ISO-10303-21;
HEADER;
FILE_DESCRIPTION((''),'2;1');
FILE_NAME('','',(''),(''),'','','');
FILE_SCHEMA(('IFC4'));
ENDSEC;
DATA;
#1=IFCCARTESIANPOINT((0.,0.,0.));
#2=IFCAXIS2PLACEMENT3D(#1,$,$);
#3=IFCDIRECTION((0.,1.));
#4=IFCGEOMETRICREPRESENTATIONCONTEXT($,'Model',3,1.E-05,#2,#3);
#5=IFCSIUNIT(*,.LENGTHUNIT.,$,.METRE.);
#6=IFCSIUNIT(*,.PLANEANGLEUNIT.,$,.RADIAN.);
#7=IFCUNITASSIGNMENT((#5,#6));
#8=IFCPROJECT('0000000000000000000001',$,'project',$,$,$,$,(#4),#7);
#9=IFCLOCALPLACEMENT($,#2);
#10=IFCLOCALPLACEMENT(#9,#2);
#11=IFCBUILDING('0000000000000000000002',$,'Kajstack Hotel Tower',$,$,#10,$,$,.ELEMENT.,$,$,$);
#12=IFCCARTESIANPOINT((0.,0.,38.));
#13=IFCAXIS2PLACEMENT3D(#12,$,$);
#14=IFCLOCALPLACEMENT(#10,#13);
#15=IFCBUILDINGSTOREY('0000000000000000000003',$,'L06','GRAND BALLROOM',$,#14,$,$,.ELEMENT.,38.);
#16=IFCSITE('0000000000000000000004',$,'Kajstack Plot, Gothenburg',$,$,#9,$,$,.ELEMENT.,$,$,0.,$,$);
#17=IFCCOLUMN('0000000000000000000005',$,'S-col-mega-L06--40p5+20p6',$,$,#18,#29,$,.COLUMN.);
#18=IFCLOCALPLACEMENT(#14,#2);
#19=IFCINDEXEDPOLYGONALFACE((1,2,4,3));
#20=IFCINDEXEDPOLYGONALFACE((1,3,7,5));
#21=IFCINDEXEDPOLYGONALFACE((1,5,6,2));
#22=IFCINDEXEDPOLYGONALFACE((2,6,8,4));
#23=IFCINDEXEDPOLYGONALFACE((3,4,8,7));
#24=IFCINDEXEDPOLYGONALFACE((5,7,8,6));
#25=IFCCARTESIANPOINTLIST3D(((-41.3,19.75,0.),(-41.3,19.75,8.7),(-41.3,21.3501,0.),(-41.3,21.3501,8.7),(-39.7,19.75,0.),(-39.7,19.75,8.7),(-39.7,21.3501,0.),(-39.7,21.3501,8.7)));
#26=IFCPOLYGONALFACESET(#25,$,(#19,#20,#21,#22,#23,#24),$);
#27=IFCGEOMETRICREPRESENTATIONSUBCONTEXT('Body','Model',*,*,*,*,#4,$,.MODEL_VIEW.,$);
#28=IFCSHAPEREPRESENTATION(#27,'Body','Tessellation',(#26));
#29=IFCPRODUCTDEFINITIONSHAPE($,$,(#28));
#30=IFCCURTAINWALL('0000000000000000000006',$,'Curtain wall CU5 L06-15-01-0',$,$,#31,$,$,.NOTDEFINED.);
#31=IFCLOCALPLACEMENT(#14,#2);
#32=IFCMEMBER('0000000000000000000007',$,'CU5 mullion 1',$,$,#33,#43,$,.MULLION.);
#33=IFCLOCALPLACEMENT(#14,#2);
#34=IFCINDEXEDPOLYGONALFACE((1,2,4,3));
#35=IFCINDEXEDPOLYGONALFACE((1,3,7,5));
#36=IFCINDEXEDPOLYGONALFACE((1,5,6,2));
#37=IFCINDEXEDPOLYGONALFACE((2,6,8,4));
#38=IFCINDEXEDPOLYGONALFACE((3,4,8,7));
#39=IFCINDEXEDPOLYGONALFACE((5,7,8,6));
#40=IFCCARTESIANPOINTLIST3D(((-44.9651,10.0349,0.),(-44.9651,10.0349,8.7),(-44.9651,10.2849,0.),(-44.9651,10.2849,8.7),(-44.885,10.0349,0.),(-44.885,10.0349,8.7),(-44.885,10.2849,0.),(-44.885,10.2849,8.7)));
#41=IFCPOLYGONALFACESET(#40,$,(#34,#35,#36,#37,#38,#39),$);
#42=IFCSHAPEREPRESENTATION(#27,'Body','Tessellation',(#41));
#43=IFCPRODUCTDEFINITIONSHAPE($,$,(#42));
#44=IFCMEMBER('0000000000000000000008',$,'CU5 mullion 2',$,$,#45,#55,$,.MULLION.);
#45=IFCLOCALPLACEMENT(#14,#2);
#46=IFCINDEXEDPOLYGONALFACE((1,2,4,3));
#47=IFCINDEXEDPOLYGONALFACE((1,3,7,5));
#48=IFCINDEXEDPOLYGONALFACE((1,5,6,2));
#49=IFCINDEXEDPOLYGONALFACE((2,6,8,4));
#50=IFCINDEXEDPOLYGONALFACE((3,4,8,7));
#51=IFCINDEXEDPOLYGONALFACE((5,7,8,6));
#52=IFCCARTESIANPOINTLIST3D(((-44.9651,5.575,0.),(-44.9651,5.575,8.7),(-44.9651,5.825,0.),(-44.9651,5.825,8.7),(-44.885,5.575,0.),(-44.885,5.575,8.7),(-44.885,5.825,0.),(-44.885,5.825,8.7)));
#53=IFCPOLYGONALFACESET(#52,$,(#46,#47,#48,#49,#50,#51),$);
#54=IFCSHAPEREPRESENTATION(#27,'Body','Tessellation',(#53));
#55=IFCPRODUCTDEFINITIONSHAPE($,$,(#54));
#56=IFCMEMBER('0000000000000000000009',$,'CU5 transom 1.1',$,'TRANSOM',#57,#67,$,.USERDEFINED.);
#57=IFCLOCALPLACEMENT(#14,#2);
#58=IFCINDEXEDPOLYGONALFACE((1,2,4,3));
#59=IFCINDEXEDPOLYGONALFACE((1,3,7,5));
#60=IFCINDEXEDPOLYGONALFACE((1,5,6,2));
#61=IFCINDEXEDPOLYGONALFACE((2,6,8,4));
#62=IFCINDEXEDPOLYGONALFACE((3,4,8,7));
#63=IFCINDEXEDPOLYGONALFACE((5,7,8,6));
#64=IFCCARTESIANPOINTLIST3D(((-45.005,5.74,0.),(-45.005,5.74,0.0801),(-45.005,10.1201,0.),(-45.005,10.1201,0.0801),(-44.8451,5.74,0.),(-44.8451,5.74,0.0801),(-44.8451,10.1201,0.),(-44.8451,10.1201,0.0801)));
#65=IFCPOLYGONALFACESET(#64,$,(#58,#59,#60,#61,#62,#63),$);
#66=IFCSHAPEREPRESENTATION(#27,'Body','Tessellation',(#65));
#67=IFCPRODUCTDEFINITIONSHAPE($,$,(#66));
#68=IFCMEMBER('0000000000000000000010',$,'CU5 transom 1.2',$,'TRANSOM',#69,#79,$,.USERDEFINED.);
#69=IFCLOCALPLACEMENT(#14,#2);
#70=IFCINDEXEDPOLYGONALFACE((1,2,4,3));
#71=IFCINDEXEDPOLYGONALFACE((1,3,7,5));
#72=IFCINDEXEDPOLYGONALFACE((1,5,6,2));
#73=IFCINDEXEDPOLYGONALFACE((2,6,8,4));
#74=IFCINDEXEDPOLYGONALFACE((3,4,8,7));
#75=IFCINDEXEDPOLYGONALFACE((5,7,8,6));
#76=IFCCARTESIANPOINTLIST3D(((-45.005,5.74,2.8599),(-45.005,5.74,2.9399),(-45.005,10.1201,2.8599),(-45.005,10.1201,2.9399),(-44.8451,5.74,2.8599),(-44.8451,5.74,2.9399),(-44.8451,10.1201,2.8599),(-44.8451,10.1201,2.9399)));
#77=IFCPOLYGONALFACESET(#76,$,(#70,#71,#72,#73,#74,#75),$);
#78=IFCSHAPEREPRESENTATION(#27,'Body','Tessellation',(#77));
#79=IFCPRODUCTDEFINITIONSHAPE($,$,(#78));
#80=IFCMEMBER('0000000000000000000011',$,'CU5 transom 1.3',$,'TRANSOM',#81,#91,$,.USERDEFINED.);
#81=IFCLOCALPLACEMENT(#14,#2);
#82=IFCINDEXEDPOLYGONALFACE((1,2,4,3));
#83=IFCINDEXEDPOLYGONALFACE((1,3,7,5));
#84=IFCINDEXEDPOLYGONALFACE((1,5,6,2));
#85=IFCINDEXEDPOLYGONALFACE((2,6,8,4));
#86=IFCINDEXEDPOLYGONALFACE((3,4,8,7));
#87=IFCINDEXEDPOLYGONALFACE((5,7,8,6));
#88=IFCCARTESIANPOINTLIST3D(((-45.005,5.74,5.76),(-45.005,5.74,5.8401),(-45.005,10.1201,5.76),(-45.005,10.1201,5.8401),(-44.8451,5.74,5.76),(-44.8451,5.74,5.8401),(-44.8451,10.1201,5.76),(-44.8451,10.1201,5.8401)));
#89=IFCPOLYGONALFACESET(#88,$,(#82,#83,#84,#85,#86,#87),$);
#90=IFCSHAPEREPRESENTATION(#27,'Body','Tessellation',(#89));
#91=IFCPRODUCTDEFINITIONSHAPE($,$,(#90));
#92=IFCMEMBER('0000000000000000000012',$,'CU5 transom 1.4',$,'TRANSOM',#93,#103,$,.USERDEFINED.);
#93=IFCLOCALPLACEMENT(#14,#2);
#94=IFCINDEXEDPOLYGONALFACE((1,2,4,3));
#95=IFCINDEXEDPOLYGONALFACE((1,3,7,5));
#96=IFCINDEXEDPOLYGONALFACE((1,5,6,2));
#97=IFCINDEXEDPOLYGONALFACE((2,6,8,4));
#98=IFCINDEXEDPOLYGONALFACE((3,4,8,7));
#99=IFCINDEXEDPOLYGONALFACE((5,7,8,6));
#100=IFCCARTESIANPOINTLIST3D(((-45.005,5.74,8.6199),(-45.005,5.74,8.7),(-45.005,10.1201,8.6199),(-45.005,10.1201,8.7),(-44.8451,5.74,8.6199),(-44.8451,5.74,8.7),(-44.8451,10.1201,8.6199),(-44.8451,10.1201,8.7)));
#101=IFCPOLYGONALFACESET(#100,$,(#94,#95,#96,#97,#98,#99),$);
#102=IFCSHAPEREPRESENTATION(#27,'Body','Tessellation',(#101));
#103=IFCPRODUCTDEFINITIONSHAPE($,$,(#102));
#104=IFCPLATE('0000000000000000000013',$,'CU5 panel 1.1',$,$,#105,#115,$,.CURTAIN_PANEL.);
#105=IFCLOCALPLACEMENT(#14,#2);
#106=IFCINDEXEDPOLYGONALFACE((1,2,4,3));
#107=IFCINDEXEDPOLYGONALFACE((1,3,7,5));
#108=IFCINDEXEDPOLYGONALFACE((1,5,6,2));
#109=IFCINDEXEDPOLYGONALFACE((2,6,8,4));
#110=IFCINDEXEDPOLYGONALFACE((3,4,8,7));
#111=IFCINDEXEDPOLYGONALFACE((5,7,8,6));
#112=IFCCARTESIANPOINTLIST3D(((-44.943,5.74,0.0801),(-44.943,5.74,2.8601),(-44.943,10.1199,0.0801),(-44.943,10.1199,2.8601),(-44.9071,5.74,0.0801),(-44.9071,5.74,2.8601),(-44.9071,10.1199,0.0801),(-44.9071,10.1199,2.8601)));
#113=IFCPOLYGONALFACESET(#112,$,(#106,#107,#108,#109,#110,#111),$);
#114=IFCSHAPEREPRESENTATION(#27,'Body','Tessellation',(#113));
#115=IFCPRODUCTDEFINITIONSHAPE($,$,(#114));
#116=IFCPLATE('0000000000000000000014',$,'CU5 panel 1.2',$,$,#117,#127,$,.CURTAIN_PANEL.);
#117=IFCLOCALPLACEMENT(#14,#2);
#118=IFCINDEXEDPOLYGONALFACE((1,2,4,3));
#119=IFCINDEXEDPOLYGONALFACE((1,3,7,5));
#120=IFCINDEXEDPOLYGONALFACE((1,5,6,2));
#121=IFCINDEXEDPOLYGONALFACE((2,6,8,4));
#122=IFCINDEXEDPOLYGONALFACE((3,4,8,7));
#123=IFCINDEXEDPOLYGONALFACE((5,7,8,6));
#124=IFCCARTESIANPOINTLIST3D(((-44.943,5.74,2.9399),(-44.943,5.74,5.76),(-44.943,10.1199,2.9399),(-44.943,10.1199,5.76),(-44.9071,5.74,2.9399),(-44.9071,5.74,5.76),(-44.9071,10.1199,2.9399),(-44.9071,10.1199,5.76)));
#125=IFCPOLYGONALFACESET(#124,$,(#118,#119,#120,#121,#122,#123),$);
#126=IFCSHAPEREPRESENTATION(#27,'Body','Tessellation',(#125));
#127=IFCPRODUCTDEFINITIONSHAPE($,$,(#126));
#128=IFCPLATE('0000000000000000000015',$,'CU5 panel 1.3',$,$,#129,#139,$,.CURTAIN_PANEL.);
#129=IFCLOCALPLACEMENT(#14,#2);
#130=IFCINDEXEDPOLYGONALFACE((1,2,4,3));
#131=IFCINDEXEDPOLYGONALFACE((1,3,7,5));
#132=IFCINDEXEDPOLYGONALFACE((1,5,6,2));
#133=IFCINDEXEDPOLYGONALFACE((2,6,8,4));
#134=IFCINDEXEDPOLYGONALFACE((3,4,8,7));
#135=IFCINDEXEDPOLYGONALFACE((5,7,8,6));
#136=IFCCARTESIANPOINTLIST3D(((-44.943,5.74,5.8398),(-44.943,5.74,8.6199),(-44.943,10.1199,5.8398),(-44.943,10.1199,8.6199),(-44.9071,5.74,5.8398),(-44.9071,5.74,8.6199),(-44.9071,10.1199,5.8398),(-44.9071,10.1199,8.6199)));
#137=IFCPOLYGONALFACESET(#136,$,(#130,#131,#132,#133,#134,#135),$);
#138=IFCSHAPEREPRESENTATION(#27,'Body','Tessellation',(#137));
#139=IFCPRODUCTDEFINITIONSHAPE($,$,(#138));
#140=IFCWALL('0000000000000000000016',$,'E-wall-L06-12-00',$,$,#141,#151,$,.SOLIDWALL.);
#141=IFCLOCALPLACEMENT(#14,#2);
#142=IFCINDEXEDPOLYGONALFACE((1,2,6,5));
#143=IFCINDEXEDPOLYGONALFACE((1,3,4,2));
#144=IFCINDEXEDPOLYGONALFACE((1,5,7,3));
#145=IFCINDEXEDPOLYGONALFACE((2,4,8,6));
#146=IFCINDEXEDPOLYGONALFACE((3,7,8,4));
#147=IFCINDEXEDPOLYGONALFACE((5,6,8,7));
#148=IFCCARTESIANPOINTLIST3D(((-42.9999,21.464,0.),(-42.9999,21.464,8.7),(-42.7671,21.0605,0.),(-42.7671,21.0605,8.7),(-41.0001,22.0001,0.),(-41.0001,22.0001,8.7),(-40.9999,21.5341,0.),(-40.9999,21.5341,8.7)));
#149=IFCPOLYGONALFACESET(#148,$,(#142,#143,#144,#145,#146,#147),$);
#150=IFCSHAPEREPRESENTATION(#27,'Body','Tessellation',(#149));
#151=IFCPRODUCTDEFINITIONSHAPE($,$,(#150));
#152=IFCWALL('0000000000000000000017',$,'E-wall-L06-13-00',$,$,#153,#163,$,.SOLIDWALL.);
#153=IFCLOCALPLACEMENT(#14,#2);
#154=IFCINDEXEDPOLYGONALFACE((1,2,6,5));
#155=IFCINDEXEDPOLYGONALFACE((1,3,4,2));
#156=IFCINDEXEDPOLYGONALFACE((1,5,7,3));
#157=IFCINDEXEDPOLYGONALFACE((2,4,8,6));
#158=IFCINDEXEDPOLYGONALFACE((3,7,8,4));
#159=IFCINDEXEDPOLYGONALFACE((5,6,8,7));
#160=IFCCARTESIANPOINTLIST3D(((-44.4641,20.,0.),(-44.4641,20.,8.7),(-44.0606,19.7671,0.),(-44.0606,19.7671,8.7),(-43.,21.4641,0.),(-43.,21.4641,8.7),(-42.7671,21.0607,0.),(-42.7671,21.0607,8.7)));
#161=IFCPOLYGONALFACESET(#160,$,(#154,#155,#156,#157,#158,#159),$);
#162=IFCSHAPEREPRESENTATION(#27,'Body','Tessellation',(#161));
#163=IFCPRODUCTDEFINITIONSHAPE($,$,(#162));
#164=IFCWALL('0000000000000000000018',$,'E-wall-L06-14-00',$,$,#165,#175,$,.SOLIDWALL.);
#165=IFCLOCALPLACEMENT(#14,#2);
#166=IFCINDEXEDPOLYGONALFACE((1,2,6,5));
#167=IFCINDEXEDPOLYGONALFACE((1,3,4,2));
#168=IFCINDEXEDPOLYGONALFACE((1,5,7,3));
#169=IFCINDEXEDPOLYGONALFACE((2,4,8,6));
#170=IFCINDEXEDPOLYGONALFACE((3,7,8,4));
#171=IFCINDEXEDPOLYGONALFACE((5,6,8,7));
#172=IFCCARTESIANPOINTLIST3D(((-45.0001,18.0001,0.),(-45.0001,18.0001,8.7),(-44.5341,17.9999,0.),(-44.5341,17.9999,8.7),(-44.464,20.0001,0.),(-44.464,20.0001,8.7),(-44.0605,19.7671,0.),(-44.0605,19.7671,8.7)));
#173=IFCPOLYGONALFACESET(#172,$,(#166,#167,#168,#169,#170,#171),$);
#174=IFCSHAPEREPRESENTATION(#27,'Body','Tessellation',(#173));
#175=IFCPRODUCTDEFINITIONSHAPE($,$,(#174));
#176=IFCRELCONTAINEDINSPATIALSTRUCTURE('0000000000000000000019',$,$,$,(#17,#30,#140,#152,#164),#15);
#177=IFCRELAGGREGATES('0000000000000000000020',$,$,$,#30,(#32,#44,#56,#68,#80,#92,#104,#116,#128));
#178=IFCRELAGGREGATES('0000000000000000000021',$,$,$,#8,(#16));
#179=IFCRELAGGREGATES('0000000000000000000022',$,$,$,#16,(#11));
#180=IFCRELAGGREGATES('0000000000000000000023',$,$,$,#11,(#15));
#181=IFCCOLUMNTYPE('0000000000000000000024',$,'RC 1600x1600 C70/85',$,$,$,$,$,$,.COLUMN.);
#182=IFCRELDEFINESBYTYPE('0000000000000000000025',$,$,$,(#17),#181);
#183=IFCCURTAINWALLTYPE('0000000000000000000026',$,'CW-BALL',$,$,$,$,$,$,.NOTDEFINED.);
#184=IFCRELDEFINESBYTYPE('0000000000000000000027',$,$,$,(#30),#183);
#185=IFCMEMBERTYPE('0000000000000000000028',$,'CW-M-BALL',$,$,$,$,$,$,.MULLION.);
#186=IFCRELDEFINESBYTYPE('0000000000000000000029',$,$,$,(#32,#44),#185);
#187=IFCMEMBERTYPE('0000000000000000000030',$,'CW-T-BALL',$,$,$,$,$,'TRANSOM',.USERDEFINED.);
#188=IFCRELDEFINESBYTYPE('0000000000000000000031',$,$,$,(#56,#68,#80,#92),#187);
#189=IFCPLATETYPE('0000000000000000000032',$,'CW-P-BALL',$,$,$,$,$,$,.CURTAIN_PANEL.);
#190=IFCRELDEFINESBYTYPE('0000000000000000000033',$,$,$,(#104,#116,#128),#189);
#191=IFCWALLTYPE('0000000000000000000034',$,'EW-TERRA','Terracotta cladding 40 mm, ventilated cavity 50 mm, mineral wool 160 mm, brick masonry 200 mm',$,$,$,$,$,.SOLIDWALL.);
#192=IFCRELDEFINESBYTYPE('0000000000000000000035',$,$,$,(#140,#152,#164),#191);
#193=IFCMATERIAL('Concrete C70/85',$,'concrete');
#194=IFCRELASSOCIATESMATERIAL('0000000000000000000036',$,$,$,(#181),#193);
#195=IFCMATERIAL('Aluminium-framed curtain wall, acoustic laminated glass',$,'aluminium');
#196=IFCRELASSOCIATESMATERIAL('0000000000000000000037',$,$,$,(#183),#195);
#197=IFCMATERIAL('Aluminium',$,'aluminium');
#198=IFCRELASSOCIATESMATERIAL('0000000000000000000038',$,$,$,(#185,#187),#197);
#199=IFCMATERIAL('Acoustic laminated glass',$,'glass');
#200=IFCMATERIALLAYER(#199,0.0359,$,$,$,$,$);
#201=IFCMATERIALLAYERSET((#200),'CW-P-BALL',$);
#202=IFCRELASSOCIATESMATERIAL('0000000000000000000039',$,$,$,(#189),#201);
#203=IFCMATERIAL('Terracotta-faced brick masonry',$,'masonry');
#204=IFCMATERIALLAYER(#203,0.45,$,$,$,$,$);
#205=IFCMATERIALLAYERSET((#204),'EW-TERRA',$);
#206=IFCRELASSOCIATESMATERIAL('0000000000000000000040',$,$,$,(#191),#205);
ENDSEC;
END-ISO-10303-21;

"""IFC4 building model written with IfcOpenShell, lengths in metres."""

from ifc_helpers import new_model, si_unit, direction, frame, origin, origin_2d, place, context, subcontext, project, spatial, polyline, rectangle, outline, extrude, material, layer, layer_set, material_profile, profile_set, type_object, element, aggregate, save


model = new_model("IFC4")

# Units and contexts
model_context = context("Model", 3, precision=1e-05, world=origin(), true_north=direction((0.0, 1.0)))
body_context = subcontext(model_context, "Body", "Model", "MODEL_VIEW")
ifc_project = project(units=[si_unit("LENGTHUNIT", "METRE"), si_unit("PLANEANGLEUNIT", "RADIAN")], contexts=[model_context])

# Site, building, storey
site_placement = place(None, origin())
site = spatial("IfcSite", under=ifc_project, at=site_placement, Name="Kajstack Plot, Gothenburg", CompositionType="ELEMENT", RefElevation=0.0)
building_placement = place(site_placement, origin())
building = spatial("IfcBuilding", under=site, at=building_placement, Name="Kajstack Hotel Tower", CompositionType="ELEMENT")
storey_placement = place(building_placement, frame((0.0, 0.0, 38.0)))
storey = spatial("IfcBuildingStorey", under=building, at=storey_placement, Name="L06", Description="GRAND BALLROOM", CompositionType="ELEMENT", Elevation=38.0)

# Column
ifc_material_1 = material(Name="Concrete C70/85", Category="concrete")
ifc_material_profile_1 = material_profile(ifc_material_1, rectangle(XDim=1.6001, YDim=1.6001, at=origin_2d()), Name="RC 1600x1600")
ifc_profile_set_1 = profile_set([ifc_material_profile_1], Name="Concrete C70/85")
column_type = type_object("IfcColumnType", Name="RC 1600x1600 C70/85", PredefinedType="COLUMN", material=ifc_profile_set_1)
column_placement = place(storey_placement, frame((-40.5, 20.55, 0.0), z_axis=(0.0, 0.0, 1.0), x_axis=(1.0, 0.0, 0.0)))
element("IfcColumn", 1, at=column_placement, inside=storey, type_object=column_type, Name="S-col-mega-L06--40p5+20p6", PredefinedType="COLUMN", context=body_context, shape_type="SweptSolid", body=[
    extrude(rectangle(XDim=1.6001, YDim=1.6001, at=origin_2d()), origin(), (0.0, 0.0, 1.0), 8.7),
])

# Curtain wall, members, plates
ifc_material_2 = material(Name="Aluminium-framed curtain wall, acoustic laminated glass", Category="aluminium")
curtain_wall_type = type_object("IfcCurtainWallType", Name="CW-BALL", PredefinedType="NOTDEFINED", material=ifc_material_2)
curtain_wall_placement = place(storey_placement, origin())
curtain_wall = element("IfcCurtainWall", 2, at=curtain_wall_placement, inside=storey, type_object=curtain_wall_type, Name="Curtain wall CU5 L06-15-01-0", PredefinedType="NOTDEFINED")
ifc_material_3 = material(Name="Aluminium", Category="aluminium")
ifc_material_profile_2 = material_profile(ifc_material_3, rectangle(XDim=0.0801, YDim=0.25, at=origin_2d()), Name="Aluminium mullion 80 x 250")
ifc_profile_set_2 = profile_set([ifc_material_profile_2], Name="Aluminium")
member_type_1 = type_object("IfcMemberType", Name="CW-M-BALL", PredefinedType="MULLION", material=ifc_profile_set_2)
member_1_placement = place(storey_placement, frame((-44.925, 10.1599, 0.0), z_axis=(0.0, 0.0, 1.0), x_axis=(1.0, 0.0, 0.0)))
member_1 = element("IfcMember", 3, at=member_1_placement, type_object=member_type_1, Name="CU5 mullion 1", PredefinedType="MULLION", context=body_context, shape_type="SweptSolid", body=[
    extrude(rectangle(XDim=0.0801, YDim=0.25, at=origin_2d()), origin(), (0.0, 0.0, 1.0), 8.7),
])
member_2_placement = place(storey_placement, frame((-44.925, 5.7, 0.0), z_axis=(0.0, 0.0, 1.0), x_axis=(1.0, 0.0, 0.0)))
member_2 = element("IfcMember", 4, at=member_2_placement, type_object=member_type_1, Name="CU5 mullion 2", PredefinedType="MULLION", context=body_context, shape_type="SweptSolid", body=[
    extrude(rectangle(XDim=0.0801, YDim=0.25, at=origin_2d()), origin(), (0.0, 0.0, 1.0), 8.7),
])
ifc_material_profile_3 = material_profile(ifc_material_3, rectangle(XDim=0.1599, YDim=0.0801, at=origin_2d()), Name="Aluminium transom 160 x 80")
ifc_profile_set_3 = profile_set([ifc_material_profile_3], Name="Aluminium")
member_type_2 = type_object("IfcMemberType", Name="CW-T-BALL", ElementType="TRANSOM", PredefinedType="USERDEFINED", material=ifc_profile_set_3)
member_3_placement = place(storey_placement, frame((-44.925, 10.1201, 0.04), z_axis=(0.0, -1.0, 0.0), x_axis=(1.0, 0.0, 0.0)))
member_3 = element("IfcMember", 5, at=member_3_placement, type_object=member_type_2, Name="CU5 transom 1.1", ObjectType="TRANSOM", PredefinedType="USERDEFINED", context=body_context, shape_type="SweptSolid", body=[
    extrude(rectangle(XDim=0.1599, YDim=0.0801, at=origin_2d()), origin(), (0.0, 0.0, 1.0), 4.3801),
])
member_4_placement = place(storey_placement, frame((-44.925, 10.1201, 2.8999), z_axis=(0.0, -1.0, 0.0), x_axis=(1.0, 0.0, 0.0)))
member_4 = element("IfcMember", 6, at=member_4_placement, type_object=member_type_2, Name="CU5 transom 1.2", ObjectType="TRANSOM", PredefinedType="USERDEFINED", context=body_context, shape_type="SweptSolid", body=[
    extrude(rectangle(XDim=0.1599, YDim=0.0801, at=origin_2d()), origin(), (0.0, 0.0, 1.0), 4.3801),
])
member_5_placement = place(storey_placement, frame((-44.925, 10.1201, 5.8), z_axis=(0.0, -1.0, 0.0), x_axis=(1.0, 0.0, 0.0)))
member_5 = element("IfcMember", 7, at=member_5_placement, type_object=member_type_2, Name="CU5 transom 1.3", ObjectType="TRANSOM", PredefinedType="USERDEFINED", context=body_context, shape_type="SweptSolid", body=[
    extrude(rectangle(XDim=0.1599, YDim=0.0801, at=origin_2d()), origin(), (0.0, 0.0, 1.0), 4.3801),
])
member_6_placement = place(storey_placement, frame((-44.925, 10.1201, 8.6599), z_axis=(0.0, -1.0, 0.0), x_axis=(1.0, 0.0, 0.0)))
member_6 = element("IfcMember", 8, at=member_6_placement, type_object=member_type_2, Name="CU5 transom 1.4", ObjectType="TRANSOM", PredefinedType="USERDEFINED", context=body_context, shape_type="SweptSolid", body=[
    extrude(rectangle(XDim=0.1599, YDim=0.0801, at=origin_2d()), origin(), (0.0, 0.0, 1.0), 4.3801),
])
ifc_material_4 = material(Name="Acoustic laminated glass", Category="glass")
ifc_layer_1 = layer(ifc_material_4, 0.0359)
ifc_layer_set_1 = layer_set([ifc_layer_1], Name="CW-P-BALL")
plate_type = type_object("IfcPlateType", Name="CW-P-BALL", PredefinedType="CURTAIN_PANEL", material=ifc_layer_set_1)
plate_1_placement = place(storey_placement, frame((-44.925, 7.9299, 0.0801), z_axis=(0.0, 0.0, 1.0), x_axis=(0.0, -1.0, 0.0)))
plate_1 = element("IfcPlate", 9, at=plate_1_placement, type_object=plate_type, Name="CU5 panel 1.1", PredefinedType="CURTAIN_PANEL", context=body_context, shape_type="SweptSolid", body=[
    extrude(rectangle(XDim=4.3799, YDim=0.0359, at=origin_2d()), origin(), (0.0, 0.0, 1.0), 2.78),
])
plate_2_placement = place(storey_placement, frame((-44.925, 7.9299, 2.9399), z_axis=(0.0, 0.0, 1.0), x_axis=(0.0, -1.0, 0.0)))
plate_2 = element("IfcPlate", 10, at=plate_2_placement, type_object=plate_type, Name="CU5 panel 1.2", PredefinedType="CURTAIN_PANEL", context=body_context, shape_type="SweptSolid", body=[
    extrude(rectangle(XDim=4.3799, YDim=0.0359, at=origin_2d()), origin(), (0.0, 0.0, 1.0), 2.8201),
])
plate_3_placement = place(storey_placement, frame((-44.925, 7.9299, 5.8398), z_axis=(0.0, 0.0, 1.0), x_axis=(0.0, -1.0, 0.0)))
plate_3 = element("IfcPlate", 11, at=plate_3_placement, type_object=plate_type, Name="CU5 panel 1.3", PredefinedType="CURTAIN_PANEL", context=body_context, shape_type="SweptSolid", body=[
    extrude(rectangle(XDim=4.3799, YDim=0.0359, at=origin_2d()), origin(), (0.0, 0.0, 1.0), 2.78),
])
aggregate(curtain_wall, [member_1, member_2, member_3, member_4, member_5, member_6, plate_1, plate_2, plate_3])

# Walls
ifc_material_5 = material(Name="Terracotta-faced brick masonry", Category="masonry")
ifc_layer_2 = layer(ifc_material_5, 0.45)
ifc_layer_set_2 = layer_set([ifc_layer_2], Name="EW-TERRA")
wall_type_1 = type_object("IfcWallType", Name="EW-TERRA", Description="Terracotta cladding 40 mm, ventilated cavity 50 mm, mineral wool 160 mm, brick masonry 200 mm", PredefinedType="SOLIDWALL", material=ifc_layer_set_2)
wall_1_placement = place(storey_placement, frame((-40.9417, 21.7827, 0.0), z_axis=(0.0, 0.0, 1.0), x_axis=(-0.965927, -0.258815, 0.0)))
element("IfcWall", 12, at=wall_1_placement, inside=storey, type_object=wall_type_1, Name="E-wall-L06-12-00", PredefinedType="SOLIDWALL", context=body_context, shape_type="SweptSolid", body=[
    extrude(outline(polyline([(0.0002, -0.2251), (2.0706, -0.2249), (1.9502, 0.2251), (0.1206, 0.2251), (0.0002, -0.2251)])), origin(), (0.0, 0.0, 1.0), 8.7),
])
wall_2_placement = place(storey_placement, frame((-42.8408, 21.3049, 0.0), z_axis=(0.0, 0.0, 1.0), x_axis=(-0.707107, -0.707107, 0.0)))
element("IfcWall", 13, at=wall_2_placement, inside=storey, type_object=wall_type_1, Name="E-wall-L06-13-00", PredefinedType="SOLIDWALL", context=body_context, shape_type="SweptSolid", body=[
    extrude(outline(polyline([(0.0, -0.2251), (2.0706, -0.2251), (1.95, 0.2249), (0.1206, 0.2249), (0.0, -0.2251)])), origin(), (0.0, 0.0, 1.0), 8.7),
])
wall_3_placement = place(storey_placement, frame((-44.2468, 19.9417, 0.0), z_axis=(0.0, 0.0, 1.0), x_axis=(-0.258815, -0.965927, 0.0)))
element("IfcWall", 14, at=wall_3_placement, inside=storey, type_object=wall_type_1, Name="E-wall-L06-14-00", PredefinedType="SOLIDWALL", context=body_context, shape_type="SweptSolid", body=[
    extrude(outline(polyline([(-0.0002, -0.2249), (2.0703, -0.2251), (1.95, 0.2251), (0.1204, 0.2251), (-0.0002, -0.2249)])), origin(), (0.0, 0.0, 1.0), 8.7),
])

save(model, "model.ifc")
